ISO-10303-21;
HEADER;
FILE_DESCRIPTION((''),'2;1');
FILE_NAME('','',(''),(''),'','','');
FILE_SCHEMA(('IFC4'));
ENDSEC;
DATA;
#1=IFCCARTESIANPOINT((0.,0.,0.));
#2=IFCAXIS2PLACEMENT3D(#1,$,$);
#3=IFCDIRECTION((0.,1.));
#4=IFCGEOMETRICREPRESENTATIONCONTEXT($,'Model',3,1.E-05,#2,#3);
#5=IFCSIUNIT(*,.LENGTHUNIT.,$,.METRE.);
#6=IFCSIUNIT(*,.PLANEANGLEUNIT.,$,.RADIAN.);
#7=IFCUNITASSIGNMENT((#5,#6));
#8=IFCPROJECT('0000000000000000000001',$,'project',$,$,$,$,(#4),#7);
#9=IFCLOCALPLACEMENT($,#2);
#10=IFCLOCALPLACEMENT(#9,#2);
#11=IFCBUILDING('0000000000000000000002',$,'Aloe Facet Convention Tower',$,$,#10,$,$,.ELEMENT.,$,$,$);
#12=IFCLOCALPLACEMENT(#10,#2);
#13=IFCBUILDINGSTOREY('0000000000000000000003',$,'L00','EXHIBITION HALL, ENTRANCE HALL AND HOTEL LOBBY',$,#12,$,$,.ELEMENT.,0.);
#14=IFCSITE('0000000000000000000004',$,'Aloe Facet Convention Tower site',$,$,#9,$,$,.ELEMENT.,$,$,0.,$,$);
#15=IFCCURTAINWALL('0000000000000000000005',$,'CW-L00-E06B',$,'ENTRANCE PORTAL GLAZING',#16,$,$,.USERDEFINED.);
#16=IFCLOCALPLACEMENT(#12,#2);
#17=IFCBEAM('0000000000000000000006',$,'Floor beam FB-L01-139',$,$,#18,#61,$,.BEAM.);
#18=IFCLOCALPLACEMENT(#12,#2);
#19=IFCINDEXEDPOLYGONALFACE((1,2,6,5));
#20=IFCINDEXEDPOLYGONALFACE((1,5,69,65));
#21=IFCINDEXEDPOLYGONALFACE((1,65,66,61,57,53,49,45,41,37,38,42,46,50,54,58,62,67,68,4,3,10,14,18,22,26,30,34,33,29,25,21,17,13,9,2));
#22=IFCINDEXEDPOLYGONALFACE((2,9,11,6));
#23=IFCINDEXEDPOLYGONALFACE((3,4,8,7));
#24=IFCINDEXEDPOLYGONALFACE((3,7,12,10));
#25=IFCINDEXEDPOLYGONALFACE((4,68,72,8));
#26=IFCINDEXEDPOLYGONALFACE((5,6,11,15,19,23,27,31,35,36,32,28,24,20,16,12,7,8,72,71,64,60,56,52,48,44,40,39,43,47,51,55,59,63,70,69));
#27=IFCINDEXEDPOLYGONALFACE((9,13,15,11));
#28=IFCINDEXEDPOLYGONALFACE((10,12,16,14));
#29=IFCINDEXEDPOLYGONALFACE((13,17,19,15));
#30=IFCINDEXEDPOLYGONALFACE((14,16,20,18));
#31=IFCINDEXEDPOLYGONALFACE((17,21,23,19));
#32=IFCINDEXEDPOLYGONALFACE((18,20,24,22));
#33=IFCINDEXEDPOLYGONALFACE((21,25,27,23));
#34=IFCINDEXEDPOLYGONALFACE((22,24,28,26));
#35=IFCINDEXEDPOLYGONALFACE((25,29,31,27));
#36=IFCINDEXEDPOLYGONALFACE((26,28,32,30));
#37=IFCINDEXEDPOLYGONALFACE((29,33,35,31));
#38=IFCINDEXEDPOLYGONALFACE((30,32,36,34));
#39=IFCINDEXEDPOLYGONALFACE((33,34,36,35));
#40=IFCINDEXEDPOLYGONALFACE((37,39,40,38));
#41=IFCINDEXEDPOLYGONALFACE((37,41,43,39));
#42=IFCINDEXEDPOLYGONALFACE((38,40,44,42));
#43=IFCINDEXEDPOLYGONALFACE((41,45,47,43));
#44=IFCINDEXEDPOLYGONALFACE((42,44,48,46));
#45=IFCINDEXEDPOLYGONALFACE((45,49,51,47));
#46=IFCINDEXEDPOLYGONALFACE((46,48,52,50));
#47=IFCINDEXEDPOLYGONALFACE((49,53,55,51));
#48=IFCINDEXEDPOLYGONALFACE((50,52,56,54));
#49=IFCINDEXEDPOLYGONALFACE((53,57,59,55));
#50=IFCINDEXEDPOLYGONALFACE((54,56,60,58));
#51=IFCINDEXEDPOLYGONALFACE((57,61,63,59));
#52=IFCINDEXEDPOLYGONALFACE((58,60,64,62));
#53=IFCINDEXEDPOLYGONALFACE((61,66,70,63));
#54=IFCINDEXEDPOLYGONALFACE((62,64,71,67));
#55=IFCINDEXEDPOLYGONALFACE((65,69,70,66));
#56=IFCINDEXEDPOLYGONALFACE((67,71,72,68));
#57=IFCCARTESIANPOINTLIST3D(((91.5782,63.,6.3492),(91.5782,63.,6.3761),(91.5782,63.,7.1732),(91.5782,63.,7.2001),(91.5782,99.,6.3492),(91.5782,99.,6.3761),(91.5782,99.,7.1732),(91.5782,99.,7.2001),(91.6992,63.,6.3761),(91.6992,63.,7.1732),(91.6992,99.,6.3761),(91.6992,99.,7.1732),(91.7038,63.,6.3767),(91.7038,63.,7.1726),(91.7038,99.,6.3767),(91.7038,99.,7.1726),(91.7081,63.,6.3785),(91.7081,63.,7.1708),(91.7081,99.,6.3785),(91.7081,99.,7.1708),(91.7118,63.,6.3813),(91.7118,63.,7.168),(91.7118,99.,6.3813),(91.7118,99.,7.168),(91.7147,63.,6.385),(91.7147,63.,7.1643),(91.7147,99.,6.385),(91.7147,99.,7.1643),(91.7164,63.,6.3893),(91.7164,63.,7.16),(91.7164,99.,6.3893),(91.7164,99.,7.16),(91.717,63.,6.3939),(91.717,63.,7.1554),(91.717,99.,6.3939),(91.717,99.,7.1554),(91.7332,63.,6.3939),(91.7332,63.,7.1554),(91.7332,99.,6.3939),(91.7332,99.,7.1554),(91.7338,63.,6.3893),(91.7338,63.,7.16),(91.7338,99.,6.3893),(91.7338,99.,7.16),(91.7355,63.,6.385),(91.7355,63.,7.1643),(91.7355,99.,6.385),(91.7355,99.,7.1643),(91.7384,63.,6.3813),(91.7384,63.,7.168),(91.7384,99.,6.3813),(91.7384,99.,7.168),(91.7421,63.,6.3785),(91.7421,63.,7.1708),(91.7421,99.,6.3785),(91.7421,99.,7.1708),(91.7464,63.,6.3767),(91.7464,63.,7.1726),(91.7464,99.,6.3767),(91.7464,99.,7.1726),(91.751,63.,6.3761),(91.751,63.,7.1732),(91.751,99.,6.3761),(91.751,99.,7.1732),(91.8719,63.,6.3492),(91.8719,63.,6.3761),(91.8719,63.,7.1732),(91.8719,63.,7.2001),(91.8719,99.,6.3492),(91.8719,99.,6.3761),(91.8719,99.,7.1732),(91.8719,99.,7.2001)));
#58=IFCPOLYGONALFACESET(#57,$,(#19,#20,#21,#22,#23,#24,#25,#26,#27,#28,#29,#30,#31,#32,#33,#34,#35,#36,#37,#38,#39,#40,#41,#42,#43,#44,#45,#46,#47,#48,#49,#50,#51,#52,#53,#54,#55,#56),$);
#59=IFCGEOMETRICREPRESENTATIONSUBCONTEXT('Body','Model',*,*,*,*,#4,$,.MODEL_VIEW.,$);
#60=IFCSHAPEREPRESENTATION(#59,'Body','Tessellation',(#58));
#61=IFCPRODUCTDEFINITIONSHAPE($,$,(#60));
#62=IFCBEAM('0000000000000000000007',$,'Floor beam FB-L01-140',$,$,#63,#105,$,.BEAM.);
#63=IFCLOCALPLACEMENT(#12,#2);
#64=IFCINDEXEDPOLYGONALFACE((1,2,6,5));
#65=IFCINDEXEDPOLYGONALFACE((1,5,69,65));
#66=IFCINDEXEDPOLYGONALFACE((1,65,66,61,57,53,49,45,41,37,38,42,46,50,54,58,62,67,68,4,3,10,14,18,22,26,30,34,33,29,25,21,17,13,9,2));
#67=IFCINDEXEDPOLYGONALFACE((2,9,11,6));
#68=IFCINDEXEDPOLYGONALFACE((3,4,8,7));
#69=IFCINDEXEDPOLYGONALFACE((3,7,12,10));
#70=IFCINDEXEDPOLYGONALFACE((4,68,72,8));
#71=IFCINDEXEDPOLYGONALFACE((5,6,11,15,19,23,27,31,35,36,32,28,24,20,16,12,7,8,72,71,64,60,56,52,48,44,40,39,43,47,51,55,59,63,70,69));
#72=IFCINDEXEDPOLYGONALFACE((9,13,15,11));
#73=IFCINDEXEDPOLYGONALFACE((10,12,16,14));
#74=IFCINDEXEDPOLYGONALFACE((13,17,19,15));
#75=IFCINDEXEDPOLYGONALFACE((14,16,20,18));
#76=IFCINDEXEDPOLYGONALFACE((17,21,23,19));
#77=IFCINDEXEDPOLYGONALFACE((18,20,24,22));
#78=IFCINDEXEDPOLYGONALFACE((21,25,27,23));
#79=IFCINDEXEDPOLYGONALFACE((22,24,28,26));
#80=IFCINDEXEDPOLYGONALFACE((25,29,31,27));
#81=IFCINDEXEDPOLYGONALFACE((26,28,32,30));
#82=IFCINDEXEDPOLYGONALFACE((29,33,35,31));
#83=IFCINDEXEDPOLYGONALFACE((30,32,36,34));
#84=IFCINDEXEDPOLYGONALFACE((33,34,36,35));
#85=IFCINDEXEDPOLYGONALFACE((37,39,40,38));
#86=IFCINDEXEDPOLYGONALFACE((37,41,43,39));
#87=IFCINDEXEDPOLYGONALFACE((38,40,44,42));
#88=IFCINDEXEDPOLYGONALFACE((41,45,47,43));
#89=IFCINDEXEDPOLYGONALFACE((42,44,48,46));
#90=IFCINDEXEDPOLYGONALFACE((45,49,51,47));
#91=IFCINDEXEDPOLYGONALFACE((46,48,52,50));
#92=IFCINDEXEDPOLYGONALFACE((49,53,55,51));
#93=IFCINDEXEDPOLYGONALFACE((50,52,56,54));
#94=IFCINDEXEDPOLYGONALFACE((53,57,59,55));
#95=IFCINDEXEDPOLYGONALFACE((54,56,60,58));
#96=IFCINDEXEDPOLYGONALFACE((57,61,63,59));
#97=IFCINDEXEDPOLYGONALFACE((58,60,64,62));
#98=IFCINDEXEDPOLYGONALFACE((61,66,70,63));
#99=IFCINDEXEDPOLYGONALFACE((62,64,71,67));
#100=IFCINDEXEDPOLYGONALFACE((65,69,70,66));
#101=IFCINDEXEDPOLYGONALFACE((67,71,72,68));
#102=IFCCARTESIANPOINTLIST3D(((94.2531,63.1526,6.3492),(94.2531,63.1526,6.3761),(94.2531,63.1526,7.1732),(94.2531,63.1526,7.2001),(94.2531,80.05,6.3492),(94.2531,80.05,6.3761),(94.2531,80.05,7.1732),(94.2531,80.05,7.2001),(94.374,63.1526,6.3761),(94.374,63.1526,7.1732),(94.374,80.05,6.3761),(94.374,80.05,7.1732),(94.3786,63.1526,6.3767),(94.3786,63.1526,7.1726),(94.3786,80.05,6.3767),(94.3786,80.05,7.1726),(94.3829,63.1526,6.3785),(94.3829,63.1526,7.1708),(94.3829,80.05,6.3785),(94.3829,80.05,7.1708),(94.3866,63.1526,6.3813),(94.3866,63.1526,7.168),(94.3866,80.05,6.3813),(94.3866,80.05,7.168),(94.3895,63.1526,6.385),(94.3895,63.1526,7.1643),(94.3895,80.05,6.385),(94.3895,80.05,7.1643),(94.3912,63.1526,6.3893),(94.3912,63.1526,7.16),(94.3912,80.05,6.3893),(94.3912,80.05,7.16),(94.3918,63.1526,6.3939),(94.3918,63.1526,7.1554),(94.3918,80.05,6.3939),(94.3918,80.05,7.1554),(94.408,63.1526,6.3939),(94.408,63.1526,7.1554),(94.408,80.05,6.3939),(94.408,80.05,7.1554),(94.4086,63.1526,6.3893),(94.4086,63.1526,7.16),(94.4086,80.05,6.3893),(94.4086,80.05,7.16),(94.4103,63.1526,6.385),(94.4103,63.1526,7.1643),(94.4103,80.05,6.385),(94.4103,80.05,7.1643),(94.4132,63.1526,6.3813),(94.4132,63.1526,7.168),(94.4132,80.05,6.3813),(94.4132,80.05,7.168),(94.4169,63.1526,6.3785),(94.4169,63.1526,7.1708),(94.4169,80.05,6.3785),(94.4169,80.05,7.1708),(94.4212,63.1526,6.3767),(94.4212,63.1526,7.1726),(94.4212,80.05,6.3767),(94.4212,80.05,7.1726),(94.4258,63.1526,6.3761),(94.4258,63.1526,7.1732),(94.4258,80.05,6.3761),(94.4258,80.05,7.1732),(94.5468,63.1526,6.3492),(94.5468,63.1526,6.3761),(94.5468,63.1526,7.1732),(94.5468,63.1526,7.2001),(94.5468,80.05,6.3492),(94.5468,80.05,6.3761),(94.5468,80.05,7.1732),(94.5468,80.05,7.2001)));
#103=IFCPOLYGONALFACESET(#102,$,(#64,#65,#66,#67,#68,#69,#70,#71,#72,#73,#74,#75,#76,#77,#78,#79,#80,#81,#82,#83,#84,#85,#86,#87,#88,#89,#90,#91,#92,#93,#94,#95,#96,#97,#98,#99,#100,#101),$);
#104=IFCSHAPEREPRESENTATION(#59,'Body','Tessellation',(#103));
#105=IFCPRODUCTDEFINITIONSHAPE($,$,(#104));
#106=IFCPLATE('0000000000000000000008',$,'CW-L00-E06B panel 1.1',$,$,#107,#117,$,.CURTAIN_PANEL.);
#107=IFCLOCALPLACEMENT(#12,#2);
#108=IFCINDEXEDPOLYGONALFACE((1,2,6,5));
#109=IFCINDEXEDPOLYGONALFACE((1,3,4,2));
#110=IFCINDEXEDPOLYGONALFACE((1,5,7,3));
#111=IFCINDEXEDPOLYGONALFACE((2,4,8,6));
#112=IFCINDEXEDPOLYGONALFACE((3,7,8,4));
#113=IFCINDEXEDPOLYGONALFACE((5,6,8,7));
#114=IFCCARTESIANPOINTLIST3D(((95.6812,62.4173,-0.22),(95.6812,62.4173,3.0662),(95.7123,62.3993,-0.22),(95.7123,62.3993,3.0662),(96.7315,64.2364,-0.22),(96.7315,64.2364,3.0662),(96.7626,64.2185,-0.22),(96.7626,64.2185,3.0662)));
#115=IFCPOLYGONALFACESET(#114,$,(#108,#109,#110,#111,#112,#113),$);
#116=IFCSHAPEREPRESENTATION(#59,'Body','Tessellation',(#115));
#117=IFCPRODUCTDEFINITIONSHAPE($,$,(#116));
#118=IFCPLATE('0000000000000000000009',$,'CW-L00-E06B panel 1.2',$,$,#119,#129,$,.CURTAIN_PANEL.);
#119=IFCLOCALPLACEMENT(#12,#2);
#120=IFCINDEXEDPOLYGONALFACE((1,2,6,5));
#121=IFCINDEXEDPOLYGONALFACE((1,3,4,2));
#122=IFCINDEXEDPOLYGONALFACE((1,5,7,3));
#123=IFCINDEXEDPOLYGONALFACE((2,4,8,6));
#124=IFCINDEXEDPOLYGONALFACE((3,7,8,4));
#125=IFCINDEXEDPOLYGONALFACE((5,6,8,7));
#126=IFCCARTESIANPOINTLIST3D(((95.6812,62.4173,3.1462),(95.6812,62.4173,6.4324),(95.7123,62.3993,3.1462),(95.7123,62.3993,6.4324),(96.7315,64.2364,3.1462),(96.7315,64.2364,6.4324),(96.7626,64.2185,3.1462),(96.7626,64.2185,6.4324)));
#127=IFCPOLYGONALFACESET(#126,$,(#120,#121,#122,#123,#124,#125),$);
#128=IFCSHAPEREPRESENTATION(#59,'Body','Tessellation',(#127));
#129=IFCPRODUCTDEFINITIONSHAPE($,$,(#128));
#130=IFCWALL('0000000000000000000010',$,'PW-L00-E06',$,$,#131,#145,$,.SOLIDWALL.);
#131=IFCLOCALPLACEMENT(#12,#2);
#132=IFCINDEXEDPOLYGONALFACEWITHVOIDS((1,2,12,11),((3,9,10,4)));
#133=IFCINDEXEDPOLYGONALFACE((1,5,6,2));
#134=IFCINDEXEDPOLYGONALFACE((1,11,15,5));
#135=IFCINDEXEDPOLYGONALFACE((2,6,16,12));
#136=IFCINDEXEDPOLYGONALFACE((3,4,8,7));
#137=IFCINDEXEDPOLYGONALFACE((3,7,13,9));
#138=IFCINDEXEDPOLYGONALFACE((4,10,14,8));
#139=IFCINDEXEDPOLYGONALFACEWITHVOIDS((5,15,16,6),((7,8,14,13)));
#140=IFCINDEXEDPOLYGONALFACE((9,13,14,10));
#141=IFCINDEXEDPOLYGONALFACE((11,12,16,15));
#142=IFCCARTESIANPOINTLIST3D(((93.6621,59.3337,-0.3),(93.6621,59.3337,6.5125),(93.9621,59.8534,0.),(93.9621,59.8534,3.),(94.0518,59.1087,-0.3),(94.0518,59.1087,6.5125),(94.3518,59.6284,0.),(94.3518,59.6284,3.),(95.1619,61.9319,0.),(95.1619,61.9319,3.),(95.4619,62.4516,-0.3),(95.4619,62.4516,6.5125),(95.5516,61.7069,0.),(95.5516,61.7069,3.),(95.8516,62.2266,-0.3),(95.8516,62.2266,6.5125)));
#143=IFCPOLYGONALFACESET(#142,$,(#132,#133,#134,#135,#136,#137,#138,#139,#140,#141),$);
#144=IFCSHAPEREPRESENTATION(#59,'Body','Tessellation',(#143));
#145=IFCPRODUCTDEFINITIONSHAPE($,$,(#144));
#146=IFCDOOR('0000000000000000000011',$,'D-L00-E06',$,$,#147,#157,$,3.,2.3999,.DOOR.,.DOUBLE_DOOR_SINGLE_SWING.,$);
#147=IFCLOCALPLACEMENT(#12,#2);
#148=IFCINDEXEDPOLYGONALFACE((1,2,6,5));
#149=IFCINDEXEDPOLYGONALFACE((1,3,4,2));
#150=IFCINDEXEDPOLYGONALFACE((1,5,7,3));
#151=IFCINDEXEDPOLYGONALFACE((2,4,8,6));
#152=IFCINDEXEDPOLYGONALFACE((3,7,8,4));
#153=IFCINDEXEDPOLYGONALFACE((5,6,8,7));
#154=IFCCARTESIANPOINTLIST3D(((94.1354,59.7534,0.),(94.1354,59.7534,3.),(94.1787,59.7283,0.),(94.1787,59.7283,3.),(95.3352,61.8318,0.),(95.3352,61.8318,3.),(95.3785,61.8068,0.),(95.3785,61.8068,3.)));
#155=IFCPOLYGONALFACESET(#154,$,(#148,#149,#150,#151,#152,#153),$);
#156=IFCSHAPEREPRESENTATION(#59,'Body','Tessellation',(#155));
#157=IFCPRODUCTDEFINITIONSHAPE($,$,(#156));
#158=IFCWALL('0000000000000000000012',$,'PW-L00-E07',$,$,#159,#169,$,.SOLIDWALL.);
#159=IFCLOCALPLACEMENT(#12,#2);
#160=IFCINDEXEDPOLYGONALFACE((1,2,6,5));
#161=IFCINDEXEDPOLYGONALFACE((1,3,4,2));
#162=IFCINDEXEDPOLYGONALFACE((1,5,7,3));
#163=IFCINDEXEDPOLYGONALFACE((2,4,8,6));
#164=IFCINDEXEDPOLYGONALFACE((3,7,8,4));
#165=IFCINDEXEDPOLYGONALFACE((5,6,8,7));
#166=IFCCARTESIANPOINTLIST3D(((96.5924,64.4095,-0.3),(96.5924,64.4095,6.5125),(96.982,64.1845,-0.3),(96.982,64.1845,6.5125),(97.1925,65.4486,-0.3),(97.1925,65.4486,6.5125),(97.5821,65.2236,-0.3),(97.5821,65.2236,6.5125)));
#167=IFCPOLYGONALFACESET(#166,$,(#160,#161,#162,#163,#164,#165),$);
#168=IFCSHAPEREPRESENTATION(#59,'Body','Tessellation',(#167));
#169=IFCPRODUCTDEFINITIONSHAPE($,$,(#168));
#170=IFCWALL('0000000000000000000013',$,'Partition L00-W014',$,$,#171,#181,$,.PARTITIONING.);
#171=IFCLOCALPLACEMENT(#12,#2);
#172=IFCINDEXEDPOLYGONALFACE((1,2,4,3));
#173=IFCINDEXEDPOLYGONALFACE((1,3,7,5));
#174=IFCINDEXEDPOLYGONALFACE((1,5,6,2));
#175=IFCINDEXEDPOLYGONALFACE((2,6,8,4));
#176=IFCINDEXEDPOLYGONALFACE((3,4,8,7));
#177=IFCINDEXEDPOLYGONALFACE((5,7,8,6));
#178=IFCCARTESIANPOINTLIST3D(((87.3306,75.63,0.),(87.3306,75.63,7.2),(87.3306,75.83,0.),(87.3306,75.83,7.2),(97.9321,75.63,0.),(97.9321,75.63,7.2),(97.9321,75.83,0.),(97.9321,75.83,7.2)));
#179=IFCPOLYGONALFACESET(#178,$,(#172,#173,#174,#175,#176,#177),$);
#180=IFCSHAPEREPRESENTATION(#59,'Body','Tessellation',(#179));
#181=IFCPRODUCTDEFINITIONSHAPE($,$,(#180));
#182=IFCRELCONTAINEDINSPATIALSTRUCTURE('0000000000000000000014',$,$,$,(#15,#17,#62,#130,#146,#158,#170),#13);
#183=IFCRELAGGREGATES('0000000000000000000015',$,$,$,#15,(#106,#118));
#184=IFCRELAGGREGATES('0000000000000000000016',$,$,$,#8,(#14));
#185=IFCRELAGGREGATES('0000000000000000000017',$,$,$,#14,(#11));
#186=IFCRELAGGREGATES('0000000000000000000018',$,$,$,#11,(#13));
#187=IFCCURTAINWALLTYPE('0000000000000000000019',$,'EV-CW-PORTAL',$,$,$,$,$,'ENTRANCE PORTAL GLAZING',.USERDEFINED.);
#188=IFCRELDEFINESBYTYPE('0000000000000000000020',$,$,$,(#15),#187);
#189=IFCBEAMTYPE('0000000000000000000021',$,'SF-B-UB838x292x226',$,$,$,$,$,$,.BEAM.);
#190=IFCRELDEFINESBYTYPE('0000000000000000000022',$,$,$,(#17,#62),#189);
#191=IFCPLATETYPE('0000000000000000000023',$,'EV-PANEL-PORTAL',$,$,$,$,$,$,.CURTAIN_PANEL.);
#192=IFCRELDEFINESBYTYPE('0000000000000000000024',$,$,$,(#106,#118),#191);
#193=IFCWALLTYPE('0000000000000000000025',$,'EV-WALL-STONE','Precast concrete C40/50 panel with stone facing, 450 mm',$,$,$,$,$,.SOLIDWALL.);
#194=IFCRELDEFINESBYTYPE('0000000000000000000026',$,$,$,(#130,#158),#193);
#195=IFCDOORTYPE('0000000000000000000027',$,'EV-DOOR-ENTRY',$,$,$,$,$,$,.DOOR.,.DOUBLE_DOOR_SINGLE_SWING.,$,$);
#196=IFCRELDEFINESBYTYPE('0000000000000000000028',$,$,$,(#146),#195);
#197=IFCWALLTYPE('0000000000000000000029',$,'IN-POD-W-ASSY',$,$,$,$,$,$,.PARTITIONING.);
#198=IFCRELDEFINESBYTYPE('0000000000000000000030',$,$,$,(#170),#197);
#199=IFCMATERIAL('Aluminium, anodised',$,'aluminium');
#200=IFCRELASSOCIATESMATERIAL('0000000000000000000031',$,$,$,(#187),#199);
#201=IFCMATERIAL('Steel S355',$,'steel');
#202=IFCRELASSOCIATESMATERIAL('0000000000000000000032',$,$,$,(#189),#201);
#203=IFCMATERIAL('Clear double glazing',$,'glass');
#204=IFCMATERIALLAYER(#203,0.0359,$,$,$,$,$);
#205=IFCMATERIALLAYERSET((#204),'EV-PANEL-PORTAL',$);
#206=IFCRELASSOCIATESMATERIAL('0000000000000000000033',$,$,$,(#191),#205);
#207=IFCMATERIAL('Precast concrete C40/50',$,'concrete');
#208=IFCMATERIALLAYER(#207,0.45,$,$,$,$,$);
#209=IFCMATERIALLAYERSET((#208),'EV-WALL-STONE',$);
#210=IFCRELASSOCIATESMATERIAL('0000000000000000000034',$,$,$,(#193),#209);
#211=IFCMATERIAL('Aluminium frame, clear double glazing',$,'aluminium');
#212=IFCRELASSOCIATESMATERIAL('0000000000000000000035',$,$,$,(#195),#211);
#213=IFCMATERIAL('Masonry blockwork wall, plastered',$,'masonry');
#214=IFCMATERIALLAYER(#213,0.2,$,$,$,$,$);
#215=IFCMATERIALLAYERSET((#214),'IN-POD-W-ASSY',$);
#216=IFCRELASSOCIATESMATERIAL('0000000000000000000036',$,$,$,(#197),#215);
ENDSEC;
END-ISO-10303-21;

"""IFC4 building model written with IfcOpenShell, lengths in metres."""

from ifc_helpers import new_model, si_unit, direction, frame, frame_2d, origin, origin_2d, place, context, subcontext, project, spatial, rectangle, i_section, extrude, material, layer, layer_set, material_profile, profile_set, type_object, element, fill, aggregate, save


model = new_model("IFC4")

# Units and contexts
model_context = context("Model", 3, precision=1e-05, world=origin(), true_north=direction((0.0, 1.0)))
body_context = subcontext(model_context, "Body", "Model", "MODEL_VIEW")
ifc_project = project(units=[si_unit("LENGTHUNIT", "METRE"), si_unit("PLANEANGLEUNIT", "RADIAN")], contexts=[model_context])

# Site, building, storey
site_placement = place(None, origin())
site = spatial("IfcSite", under=ifc_project, at=site_placement, Name="Aloe Facet Convention Tower site", CompositionType="ELEMENT", RefElevation=0.0)
building_placement = place(site_placement, origin())
building = spatial("IfcBuilding", under=site, at=building_placement, Name="Aloe Facet Convention Tower", CompositionType="ELEMENT")
storey_placement = place(building_placement, origin())
storey = spatial("IfcBuildingStorey", under=building, at=storey_placement, Name="L00", Description="EXHIBITION HALL, ENTRANCE HALL AND HOTEL LOBBY", CompositionType="ELEMENT", Elevation=0.0)

# Shared definitions
ifc_material_1 = material(Name="Aluminium, anodised", Category="aluminium")
curtain_wall_type = type_object("IfcCurtainWallType", Name="EV-CW-PORTAL", ElementType="ENTRANCE PORTAL GLAZING", PredefinedType="USERDEFINED", material=ifc_material_1)

# Curtain wall
curtain_wall_1_placement = place(storey_placement, origin())
curtain_wall_1 = element("IfcCurtainWall", 1, at=curtain_wall_1_placement, inside=storey, type_object=curtain_wall_type, Name="CW-L00-E06B", ObjectType="ENTRANCE PORTAL GLAZING", PredefinedType="USERDEFINED")

# Beams
ifc_material_2 = material(Name="Steel S355", Category="steel")
ifc_material_profile_1 = material_profile(ifc_material_2, i_section(OverallWidth=0.2937, OverallDepth=0.8508, WebThickness=0.0161, FlangeThickness=0.0269, FilletRadius=0.0178, at=origin_2d()), Name="UB 838x292x226")
ifc_profile_set_1 = profile_set([ifc_material_profile_1], Name="Steel S355")
beam_type_1 = type_object("IfcBeamType", Name="SF-B-UB838x292x226", PredefinedType="BEAM", material=ifc_profile_set_1)
beam_1_placement = place(storey_placement, frame((91.7251, 63.0, 6.7747), z_axis=(0.0, 1.0, 0.0), x_axis=(-1.0, 0.0, 0.0)))
element("IfcBeam", 2, at=beam_1_placement, inside=storey, type_object=beam_type_1, Name="Floor beam FB-L01-139", PredefinedType="BEAM", context=body_context, shape_type="SweptSolid", body=[
    extrude(i_section(OverallWidth=0.2937, OverallDepth=0.8508, WebThickness=0.0161, FlangeThickness=0.0269, FilletRadius=0.0178, at=origin_2d()), origin(), (0.0, 0.0, 1.0), 36.0),
])
beam_2_placement = place(storey_placement, frame((94.3999, 63.1526, 6.7747), z_axis=(0.0, 1.0, 0.0), x_axis=(-1.0, 0.0, 0.0)))
element("IfcBeam", 3, at=beam_2_placement, inside=storey, type_object=beam_type_1, Name="Floor beam FB-L01-140", PredefinedType="BEAM", context=body_context, shape_type="SweptSolid", body=[
    extrude(i_section(OverallWidth=0.2937, OverallDepth=0.8508, WebThickness=0.0161, FlangeThickness=0.0269, FilletRadius=0.0178, at=origin_2d()), origin(), (0.0, 0.0, 1.0), 16.8975),
])

# Plates
ifc_material_3 = material(Name="Clear double glazing", Category="glass")
ifc_layer_1 = layer(ifc_material_3, 0.0359)
ifc_layer_set_1 = layer_set([ifc_layer_1], Name="EV-PANEL-PORTAL")
plate_type = type_object("IfcPlateType", Name="EV-PANEL-PORTAL", PredefinedType="CURTAIN_PANEL", material=ifc_layer_set_1)
plate_1_placement = place(storey_placement, frame((96.2219, 63.3179, -0.22), z_axis=(0.0, 0.0, 1.0), x_axis=(0.5, 0.866025, 0.0)))
plate_1 = element("IfcPlate", 4, at=plate_1_placement, type_object=plate_type, Name="CW-L00-E06B panel 1.1", PredefinedType="CURTAIN_PANEL", context=body_context, shape_type="SweptSolid", body=[
    extrude(rectangle(XDim=2.1006, YDim=0.0359, at=origin_2d()), origin(), (0.0, 0.0, 1.0), 3.2861),
])
plate_2_placement = place(storey_placement, frame((96.2219, 63.3179, 3.1462), z_axis=(0.0, 0.0, 1.0), x_axis=(0.5, 0.866025, 0.0)))
plate_2 = element("IfcPlate", 5, at=plate_2_placement, type_object=plate_type, Name="CW-L00-E06B panel 1.2", PredefinedType="CURTAIN_PANEL", context=body_context, shape_type="SweptSolid", body=[
    extrude(rectangle(XDim=2.1006, YDim=0.0359, at=origin_2d()), origin(), (0.0, 0.0, 1.0), 3.2861),
])
aggregate(curtain_wall_1, [plate_1, plate_2])

# Wall, opening, door
ifc_material_4 = material(Name="Precast concrete C40/50", Category="concrete")
ifc_layer_2 = layer(ifc_material_4, 0.45)
ifc_layer_set_2 = layer_set([ifc_layer_2], Name="EV-WALL-STONE")
wall_type_1 = type_object("IfcWallType", Name="EV-WALL-STONE", Description="Precast concrete C40/50 panel with stone facing, 450 mm", PredefinedType="SOLIDWALL", material=ifc_layer_set_2)
wall_1_placement = place(storey_placement, frame((93.8569, 59.2212, -0.3), z_axis=(0.0, 0.0, 1.0), x_axis=(0.499932, 0.866065, 0.0)))
wall_1 = element("IfcWall", 6, at=wall_1_placement, inside=storey, type_object=wall_type_1, Name="PW-L00-E06", PredefinedType="SOLIDWALL", context=body_context, shape_type="SweptSolid", body=[
    extrude(rectangle(XDim=3.6001, YDim=0.45, at=frame_2d((1.8, 0.0))), origin(), (0.0, 0.0, 1.0), 6.8125),
])
opening_placement = place(wall_1_placement, frame((0.6001, 0.0, 0.3)))
opening = element("IfcOpeningElement", 7, at=opening_placement, cuts=wall_1, PredefinedType="OPENING", context=body_context, shape_type="SweptSolid", body=[
    extrude(rectangle(XDim=2.3999, YDim=3.0, at=frame_2d((1.2, 1.5))), frame((0.0, 0.2349, 0.0), z_axis=(0.0, -1.0, 0.0), x_axis=(1.0, 0.0, 0.0)), (0.0, 0.0, 1.0), 0.47),
])
ifc_material_5 = material(Name="Aluminium frame, clear double glazing", Category="aluminium")
door_type = type_object("IfcDoorType", Name="EV-DOOR-ENTRY", OperationType="DOUBLE_DOOR_SINGLE_SWING", PredefinedType="DOOR", material=ifc_material_5)
door_placement = place(opening_placement, origin())
door = element("IfcDoor", 8, at=door_placement, inside=storey, type_object=door_type, Name="D-L00-E06", OperationType="DOUBLE_DOOR_SINGLE_SWING", OverallHeight=3.0, OverallWidth=2.3999, PredefinedType="DOOR", context=body_context, shape_type="SweptSolid", body=[
    extrude(rectangle(XDim=2.3999, YDim=3.0, at=frame_2d((1.2, 1.5))), frame((0.0, 0.0249, 0.0), z_axis=(0.0, -1.0, 0.0), x_axis=(1.0, 0.0, 0.0)), (0.0, 0.0, 1.0), 0.05),
])
fill(opening, door)

# Walls
wall_2_placement = place(storey_placement, frame((96.7871, 64.2969, -0.3), z_axis=(0.0, 0.0, 1.0), x_axis=(0.500122, 0.865955, 0.0)))
element("IfcWall", 9, at=wall_2_placement, inside=storey, type_object=wall_type_1, Name="PW-L00-E07", PredefinedType="SOLIDWALL", context=body_context, shape_type="SweptSolid", body=[
    extrude(rectangle(XDim=1.2, YDim=0.45, at=frame_2d((0.6001, 0.0))), origin(), (0.0, 0.0, 1.0), 6.8125),
])
ifc_material_6 = material(Name="Masonry blockwork wall, plastered", Category="masonry")
ifc_layer_3 = layer(ifc_material_6, 0.2)
ifc_layer_set_3 = layer_set([ifc_layer_3], Name="IN-POD-W-ASSY")
wall_type_2 = type_object("IfcWallType", Name="IN-POD-W-ASSY", PredefinedType="PARTITIONING", material=ifc_layer_set_3)
wall_3_placement = place(storey_placement, frame((87.3306, 75.73, 0.0), z_axis=(0.0, 0.0, 1.0), x_axis=(1.0, 0.0, 0.0)))
element("IfcWall", 10, at=wall_3_placement, inside=storey, type_object=wall_type_2, Name="Partition L00-W014", PredefinedType="PARTITIONING", context=body_context, shape_type="SweptSolid", body=[
    extrude(rectangle(XDim=10.6016, YDim=0.2, at=frame_2d((5.3008, 0.0))), origin(), (0.0, 0.0, 1.0), 7.2),
])

save(model, "model.ifc")
